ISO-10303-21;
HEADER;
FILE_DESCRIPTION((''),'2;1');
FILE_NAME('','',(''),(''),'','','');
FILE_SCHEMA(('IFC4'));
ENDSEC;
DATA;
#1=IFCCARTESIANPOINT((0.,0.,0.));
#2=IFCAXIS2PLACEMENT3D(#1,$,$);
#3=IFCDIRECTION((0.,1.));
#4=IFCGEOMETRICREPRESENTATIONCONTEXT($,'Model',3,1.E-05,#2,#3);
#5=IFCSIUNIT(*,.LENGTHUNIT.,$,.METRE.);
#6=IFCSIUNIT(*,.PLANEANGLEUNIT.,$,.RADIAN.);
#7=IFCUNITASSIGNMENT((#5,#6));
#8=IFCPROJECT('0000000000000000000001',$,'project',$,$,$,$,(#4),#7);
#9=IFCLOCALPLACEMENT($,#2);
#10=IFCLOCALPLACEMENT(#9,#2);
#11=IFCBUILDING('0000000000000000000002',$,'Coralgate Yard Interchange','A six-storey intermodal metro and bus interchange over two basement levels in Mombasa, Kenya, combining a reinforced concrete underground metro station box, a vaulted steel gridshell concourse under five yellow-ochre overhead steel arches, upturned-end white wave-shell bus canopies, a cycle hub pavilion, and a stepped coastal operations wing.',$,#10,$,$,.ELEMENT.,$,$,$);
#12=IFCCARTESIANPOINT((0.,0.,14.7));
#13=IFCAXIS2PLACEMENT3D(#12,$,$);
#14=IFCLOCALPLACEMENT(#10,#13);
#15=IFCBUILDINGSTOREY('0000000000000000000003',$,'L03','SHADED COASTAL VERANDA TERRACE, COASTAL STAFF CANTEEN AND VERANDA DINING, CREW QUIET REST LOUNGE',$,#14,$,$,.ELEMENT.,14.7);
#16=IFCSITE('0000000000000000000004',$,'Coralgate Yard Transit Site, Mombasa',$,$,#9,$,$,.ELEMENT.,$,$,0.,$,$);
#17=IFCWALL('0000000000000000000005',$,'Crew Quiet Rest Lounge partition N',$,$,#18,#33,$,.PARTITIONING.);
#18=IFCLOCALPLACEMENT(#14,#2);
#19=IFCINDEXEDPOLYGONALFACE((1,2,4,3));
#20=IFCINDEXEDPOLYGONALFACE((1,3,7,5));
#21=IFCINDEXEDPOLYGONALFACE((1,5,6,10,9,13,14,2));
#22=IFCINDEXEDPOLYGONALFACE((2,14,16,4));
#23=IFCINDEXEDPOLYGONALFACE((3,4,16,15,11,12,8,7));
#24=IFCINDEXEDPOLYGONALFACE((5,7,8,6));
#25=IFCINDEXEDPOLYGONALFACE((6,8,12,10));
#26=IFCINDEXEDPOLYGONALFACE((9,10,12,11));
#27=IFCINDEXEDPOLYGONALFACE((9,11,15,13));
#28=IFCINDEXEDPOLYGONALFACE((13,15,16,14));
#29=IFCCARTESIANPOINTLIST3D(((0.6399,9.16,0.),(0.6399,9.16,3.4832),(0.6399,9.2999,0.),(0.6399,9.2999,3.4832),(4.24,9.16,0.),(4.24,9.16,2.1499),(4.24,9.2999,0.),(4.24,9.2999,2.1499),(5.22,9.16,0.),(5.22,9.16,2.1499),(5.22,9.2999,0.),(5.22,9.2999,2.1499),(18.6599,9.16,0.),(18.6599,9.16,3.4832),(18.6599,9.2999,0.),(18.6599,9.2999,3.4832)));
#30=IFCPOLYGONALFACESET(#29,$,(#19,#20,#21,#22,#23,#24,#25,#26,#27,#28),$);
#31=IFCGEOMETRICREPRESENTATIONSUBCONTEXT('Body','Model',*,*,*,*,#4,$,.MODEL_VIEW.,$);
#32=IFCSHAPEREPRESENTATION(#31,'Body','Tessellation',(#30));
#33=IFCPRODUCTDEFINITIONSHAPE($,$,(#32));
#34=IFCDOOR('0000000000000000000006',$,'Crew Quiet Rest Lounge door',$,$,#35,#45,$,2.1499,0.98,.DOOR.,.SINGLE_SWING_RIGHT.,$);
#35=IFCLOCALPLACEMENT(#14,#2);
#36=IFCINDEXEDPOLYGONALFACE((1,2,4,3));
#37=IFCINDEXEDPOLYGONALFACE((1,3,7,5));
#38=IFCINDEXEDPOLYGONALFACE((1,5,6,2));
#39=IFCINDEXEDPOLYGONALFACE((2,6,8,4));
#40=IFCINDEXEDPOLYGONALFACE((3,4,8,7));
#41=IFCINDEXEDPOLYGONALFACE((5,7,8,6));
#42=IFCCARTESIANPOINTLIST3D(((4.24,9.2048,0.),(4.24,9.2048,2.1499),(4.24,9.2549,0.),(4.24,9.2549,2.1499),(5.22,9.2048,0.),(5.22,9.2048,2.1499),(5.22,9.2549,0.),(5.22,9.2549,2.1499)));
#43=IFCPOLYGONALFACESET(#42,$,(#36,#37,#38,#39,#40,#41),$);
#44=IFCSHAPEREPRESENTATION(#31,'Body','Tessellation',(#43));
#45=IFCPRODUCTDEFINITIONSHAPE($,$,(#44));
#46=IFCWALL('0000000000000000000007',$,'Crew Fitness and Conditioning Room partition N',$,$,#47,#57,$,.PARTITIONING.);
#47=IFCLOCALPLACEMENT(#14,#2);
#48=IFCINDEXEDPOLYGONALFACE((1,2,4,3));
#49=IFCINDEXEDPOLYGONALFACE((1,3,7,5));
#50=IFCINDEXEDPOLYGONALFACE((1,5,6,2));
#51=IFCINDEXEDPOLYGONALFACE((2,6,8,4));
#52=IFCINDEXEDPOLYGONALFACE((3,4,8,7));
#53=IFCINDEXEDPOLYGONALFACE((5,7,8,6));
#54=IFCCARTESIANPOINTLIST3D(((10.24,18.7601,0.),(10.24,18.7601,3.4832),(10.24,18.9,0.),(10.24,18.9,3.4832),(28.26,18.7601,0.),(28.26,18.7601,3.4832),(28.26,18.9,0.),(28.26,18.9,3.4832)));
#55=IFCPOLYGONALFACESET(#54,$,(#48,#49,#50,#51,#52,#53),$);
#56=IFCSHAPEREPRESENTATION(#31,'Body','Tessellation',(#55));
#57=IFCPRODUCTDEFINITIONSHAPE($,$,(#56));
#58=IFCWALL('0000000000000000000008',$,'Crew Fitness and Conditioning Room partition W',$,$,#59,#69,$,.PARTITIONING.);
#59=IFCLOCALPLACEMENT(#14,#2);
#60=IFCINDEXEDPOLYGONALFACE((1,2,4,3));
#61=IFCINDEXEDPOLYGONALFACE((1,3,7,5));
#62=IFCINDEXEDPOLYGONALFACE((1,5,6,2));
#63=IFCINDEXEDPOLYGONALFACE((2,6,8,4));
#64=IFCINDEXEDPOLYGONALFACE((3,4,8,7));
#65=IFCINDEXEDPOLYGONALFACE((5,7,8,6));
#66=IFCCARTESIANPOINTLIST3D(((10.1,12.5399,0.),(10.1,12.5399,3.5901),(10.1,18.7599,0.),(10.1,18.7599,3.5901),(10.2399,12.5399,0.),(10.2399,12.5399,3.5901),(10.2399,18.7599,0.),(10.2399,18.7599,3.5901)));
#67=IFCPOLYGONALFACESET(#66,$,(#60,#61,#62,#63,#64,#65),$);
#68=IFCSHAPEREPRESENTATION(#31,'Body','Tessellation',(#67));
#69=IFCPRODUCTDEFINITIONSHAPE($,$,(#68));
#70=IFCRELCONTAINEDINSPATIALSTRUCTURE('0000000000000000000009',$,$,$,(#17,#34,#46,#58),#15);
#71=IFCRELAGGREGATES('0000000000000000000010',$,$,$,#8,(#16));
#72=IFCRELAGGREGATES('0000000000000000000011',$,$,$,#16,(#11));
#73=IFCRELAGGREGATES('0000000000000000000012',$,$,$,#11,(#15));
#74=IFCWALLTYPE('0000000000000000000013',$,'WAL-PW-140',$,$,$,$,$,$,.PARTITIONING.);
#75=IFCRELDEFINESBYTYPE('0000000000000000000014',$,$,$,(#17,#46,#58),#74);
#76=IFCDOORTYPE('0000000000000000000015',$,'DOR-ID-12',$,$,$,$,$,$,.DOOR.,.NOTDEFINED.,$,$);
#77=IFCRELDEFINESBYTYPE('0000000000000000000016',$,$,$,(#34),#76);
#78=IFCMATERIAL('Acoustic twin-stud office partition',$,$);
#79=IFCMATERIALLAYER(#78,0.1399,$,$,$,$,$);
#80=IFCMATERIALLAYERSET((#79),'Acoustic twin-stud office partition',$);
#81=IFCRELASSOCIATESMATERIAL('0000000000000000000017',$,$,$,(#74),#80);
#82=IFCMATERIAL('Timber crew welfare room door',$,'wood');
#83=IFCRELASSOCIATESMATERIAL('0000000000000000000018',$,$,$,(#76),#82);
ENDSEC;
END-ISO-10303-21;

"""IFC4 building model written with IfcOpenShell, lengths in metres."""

from ifc_helpers import new_model, si_unit, direction, frame, frame_2d, origin, place, context, subcontext, project, spatial, rectangle, extrude, material, layer, layer_set, type_object, element, fill, save


model = new_model("IFC4")

# Units and contexts
model_context = context("Model", 3, precision=1e-05, world=origin(), true_north=direction((0.0, 1.0)))
body_context = subcontext(model_context, "Body", "Model", "MODEL_VIEW")
ifc_project = project(units=[si_unit("LENGTHUNIT", "METRE"), si_unit("PLANEANGLEUNIT", "RADIAN")], contexts=[model_context])

# Site, building, storey
site_placement = place(None, origin())
site = spatial("IfcSite", under=ifc_project, at=site_placement, Name="Coralgate Yard Transit Site, Mombasa", CompositionType="ELEMENT", RefElevation=0.0)
building_placement = place(site_placement, origin())
building = spatial("IfcBuilding", under=site, at=building_placement, Name="Coralgate Yard Interchange", Description="A six-storey intermodal metro and bus interchange over two basement levels in Mombasa, Kenya, combining a reinforced concrete underground metro station box, a vaulted steel gridshell concourse under five yellow-ochre overhead steel arches, upturned-end white wave-shell bus canopies, a cycle hub pavilion, and a stepped coastal operations wing.", CompositionType="ELEMENT")
storey_placement = place(building_placement, frame((0.0, 0.0, 14.7)))
storey = spatial("IfcBuildingStorey", under=building, at=storey_placement, Name="L03", Description="SHADED COASTAL VERANDA TERRACE, COASTAL STAFF CANTEEN AND VERANDA DINING, CREW QUIET REST LOUNGE", CompositionType="ELEMENT", Elevation=14.7)

# Wall, opening, door
ifc_material_1 = material(Name="Acoustic twin-stud office partition")
ifc_layer_1 = layer(ifc_material_1, 0.1399)
ifc_layer_set_1 = layer_set([ifc_layer_1], Name="Acoustic twin-stud office partition")
wall_type_1 = type_object("IfcWallType", Name="WAL-PW-140", PredefinedType="PARTITIONING", material=ifc_layer_set_1)
wall_1_placement = place(storey_placement, frame((0.6399, 9.23, 0.0), z_axis=(0.0, 0.0, 1.0), x_axis=(1.0, 0.0, 0.0)))
wall_1 = element("IfcWall", 1, at=wall_1_placement, inside=storey, type_object=wall_type_1, Name="Crew Quiet Rest Lounge partition N", PredefinedType="PARTITIONING", context=body_context, shape_type="SweptSolid", body=[
    extrude(rectangle(XDim=18.02, YDim=0.1399, at=frame_2d((9.01, 0.0))), origin(), (0.0, 0.0, 1.0), 3.4832),
])
opening_placement = place(wall_1_placement, frame((3.6001, 0.0, 0.0)))
opening = element("IfcOpeningElement", 2, at=opening_placement, cuts=wall_1, PredefinedType="OPENING", context=body_context, shape_type="SweptSolid", body=[
    extrude(rectangle(XDim=0.98, YDim=2.1499, at=frame_2d((0.49, 1.075))), frame((0.0, 0.0798, 0.0), z_axis=(0.0, -1.0, 0.0), x_axis=(1.0, 0.0, 0.0)), (0.0, 0.0, 1.0), 0.1599),
])
ifc_material_2 = material(Name="Timber crew welfare room door", Category="wood")
door_type = type_object("IfcDoorType", Name="DOR-ID-12", OperationType="NOTDEFINED", PredefinedType="DOOR", material=ifc_material_2)
door_placement = place(opening_placement, origin())
door = element("IfcDoor", 3, at=door_placement, inside=storey, type_object=door_type, Name="Crew Quiet Rest Lounge door", OperationType="SINGLE_SWING_RIGHT", OverallHeight=2.1499, OverallWidth=0.98, PredefinedType="DOOR", context=body_context, shape_type="SweptSolid", body=[
    extrude(rectangle(XDim=0.98, YDim=2.1499, at=frame_2d((0.49, 1.075))), frame((0.0, 0.0249, 0.0), z_axis=(0.0, -1.0, 0.0), x_axis=(1.0, 0.0, 0.0)), (0.0, 0.0, 1.0), 0.05),
])
fill(opening, door)

# Walls
wall_2_placement = place(storey_placement, frame((10.24, 18.8301, 0.0), z_axis=(0.0, 0.0, 1.0), x_axis=(1.0, 0.0, 0.0)))
element("IfcWall", 4, at=wall_2_placement, inside=storey, type_object=wall_type_1, Name="Crew Fitness and Conditioning Room partition N", PredefinedType="PARTITIONING", context=body_context, shape_type="SweptSolid", body=[
    extrude(rectangle(XDim=18.02, YDim=0.1399, at=frame_2d((9.01, 0.0))), origin(), (0.0, 0.0, 1.0), 3.4832),
])
wall_3_placement = place(storey_placement, frame((10.1699, 12.54, 0.0), z_axis=(0.0, 0.0, 1.0), x_axis=(0.0, 1.0, 0.0)))
element("IfcWall", 5, at=wall_3_placement, inside=storey, type_object=wall_type_1, Name="Crew Fitness and Conditioning Room partition W", PredefinedType="PARTITIONING", context=body_context, shape_type="SweptSolid", body=[
    extrude(rectangle(XDim=6.22, YDim=0.1399, at=frame_2d((3.1099, 0.0))), origin(), (0.0, 0.0, 1.0), 3.5901),
])

save(model, "model.ifc")
